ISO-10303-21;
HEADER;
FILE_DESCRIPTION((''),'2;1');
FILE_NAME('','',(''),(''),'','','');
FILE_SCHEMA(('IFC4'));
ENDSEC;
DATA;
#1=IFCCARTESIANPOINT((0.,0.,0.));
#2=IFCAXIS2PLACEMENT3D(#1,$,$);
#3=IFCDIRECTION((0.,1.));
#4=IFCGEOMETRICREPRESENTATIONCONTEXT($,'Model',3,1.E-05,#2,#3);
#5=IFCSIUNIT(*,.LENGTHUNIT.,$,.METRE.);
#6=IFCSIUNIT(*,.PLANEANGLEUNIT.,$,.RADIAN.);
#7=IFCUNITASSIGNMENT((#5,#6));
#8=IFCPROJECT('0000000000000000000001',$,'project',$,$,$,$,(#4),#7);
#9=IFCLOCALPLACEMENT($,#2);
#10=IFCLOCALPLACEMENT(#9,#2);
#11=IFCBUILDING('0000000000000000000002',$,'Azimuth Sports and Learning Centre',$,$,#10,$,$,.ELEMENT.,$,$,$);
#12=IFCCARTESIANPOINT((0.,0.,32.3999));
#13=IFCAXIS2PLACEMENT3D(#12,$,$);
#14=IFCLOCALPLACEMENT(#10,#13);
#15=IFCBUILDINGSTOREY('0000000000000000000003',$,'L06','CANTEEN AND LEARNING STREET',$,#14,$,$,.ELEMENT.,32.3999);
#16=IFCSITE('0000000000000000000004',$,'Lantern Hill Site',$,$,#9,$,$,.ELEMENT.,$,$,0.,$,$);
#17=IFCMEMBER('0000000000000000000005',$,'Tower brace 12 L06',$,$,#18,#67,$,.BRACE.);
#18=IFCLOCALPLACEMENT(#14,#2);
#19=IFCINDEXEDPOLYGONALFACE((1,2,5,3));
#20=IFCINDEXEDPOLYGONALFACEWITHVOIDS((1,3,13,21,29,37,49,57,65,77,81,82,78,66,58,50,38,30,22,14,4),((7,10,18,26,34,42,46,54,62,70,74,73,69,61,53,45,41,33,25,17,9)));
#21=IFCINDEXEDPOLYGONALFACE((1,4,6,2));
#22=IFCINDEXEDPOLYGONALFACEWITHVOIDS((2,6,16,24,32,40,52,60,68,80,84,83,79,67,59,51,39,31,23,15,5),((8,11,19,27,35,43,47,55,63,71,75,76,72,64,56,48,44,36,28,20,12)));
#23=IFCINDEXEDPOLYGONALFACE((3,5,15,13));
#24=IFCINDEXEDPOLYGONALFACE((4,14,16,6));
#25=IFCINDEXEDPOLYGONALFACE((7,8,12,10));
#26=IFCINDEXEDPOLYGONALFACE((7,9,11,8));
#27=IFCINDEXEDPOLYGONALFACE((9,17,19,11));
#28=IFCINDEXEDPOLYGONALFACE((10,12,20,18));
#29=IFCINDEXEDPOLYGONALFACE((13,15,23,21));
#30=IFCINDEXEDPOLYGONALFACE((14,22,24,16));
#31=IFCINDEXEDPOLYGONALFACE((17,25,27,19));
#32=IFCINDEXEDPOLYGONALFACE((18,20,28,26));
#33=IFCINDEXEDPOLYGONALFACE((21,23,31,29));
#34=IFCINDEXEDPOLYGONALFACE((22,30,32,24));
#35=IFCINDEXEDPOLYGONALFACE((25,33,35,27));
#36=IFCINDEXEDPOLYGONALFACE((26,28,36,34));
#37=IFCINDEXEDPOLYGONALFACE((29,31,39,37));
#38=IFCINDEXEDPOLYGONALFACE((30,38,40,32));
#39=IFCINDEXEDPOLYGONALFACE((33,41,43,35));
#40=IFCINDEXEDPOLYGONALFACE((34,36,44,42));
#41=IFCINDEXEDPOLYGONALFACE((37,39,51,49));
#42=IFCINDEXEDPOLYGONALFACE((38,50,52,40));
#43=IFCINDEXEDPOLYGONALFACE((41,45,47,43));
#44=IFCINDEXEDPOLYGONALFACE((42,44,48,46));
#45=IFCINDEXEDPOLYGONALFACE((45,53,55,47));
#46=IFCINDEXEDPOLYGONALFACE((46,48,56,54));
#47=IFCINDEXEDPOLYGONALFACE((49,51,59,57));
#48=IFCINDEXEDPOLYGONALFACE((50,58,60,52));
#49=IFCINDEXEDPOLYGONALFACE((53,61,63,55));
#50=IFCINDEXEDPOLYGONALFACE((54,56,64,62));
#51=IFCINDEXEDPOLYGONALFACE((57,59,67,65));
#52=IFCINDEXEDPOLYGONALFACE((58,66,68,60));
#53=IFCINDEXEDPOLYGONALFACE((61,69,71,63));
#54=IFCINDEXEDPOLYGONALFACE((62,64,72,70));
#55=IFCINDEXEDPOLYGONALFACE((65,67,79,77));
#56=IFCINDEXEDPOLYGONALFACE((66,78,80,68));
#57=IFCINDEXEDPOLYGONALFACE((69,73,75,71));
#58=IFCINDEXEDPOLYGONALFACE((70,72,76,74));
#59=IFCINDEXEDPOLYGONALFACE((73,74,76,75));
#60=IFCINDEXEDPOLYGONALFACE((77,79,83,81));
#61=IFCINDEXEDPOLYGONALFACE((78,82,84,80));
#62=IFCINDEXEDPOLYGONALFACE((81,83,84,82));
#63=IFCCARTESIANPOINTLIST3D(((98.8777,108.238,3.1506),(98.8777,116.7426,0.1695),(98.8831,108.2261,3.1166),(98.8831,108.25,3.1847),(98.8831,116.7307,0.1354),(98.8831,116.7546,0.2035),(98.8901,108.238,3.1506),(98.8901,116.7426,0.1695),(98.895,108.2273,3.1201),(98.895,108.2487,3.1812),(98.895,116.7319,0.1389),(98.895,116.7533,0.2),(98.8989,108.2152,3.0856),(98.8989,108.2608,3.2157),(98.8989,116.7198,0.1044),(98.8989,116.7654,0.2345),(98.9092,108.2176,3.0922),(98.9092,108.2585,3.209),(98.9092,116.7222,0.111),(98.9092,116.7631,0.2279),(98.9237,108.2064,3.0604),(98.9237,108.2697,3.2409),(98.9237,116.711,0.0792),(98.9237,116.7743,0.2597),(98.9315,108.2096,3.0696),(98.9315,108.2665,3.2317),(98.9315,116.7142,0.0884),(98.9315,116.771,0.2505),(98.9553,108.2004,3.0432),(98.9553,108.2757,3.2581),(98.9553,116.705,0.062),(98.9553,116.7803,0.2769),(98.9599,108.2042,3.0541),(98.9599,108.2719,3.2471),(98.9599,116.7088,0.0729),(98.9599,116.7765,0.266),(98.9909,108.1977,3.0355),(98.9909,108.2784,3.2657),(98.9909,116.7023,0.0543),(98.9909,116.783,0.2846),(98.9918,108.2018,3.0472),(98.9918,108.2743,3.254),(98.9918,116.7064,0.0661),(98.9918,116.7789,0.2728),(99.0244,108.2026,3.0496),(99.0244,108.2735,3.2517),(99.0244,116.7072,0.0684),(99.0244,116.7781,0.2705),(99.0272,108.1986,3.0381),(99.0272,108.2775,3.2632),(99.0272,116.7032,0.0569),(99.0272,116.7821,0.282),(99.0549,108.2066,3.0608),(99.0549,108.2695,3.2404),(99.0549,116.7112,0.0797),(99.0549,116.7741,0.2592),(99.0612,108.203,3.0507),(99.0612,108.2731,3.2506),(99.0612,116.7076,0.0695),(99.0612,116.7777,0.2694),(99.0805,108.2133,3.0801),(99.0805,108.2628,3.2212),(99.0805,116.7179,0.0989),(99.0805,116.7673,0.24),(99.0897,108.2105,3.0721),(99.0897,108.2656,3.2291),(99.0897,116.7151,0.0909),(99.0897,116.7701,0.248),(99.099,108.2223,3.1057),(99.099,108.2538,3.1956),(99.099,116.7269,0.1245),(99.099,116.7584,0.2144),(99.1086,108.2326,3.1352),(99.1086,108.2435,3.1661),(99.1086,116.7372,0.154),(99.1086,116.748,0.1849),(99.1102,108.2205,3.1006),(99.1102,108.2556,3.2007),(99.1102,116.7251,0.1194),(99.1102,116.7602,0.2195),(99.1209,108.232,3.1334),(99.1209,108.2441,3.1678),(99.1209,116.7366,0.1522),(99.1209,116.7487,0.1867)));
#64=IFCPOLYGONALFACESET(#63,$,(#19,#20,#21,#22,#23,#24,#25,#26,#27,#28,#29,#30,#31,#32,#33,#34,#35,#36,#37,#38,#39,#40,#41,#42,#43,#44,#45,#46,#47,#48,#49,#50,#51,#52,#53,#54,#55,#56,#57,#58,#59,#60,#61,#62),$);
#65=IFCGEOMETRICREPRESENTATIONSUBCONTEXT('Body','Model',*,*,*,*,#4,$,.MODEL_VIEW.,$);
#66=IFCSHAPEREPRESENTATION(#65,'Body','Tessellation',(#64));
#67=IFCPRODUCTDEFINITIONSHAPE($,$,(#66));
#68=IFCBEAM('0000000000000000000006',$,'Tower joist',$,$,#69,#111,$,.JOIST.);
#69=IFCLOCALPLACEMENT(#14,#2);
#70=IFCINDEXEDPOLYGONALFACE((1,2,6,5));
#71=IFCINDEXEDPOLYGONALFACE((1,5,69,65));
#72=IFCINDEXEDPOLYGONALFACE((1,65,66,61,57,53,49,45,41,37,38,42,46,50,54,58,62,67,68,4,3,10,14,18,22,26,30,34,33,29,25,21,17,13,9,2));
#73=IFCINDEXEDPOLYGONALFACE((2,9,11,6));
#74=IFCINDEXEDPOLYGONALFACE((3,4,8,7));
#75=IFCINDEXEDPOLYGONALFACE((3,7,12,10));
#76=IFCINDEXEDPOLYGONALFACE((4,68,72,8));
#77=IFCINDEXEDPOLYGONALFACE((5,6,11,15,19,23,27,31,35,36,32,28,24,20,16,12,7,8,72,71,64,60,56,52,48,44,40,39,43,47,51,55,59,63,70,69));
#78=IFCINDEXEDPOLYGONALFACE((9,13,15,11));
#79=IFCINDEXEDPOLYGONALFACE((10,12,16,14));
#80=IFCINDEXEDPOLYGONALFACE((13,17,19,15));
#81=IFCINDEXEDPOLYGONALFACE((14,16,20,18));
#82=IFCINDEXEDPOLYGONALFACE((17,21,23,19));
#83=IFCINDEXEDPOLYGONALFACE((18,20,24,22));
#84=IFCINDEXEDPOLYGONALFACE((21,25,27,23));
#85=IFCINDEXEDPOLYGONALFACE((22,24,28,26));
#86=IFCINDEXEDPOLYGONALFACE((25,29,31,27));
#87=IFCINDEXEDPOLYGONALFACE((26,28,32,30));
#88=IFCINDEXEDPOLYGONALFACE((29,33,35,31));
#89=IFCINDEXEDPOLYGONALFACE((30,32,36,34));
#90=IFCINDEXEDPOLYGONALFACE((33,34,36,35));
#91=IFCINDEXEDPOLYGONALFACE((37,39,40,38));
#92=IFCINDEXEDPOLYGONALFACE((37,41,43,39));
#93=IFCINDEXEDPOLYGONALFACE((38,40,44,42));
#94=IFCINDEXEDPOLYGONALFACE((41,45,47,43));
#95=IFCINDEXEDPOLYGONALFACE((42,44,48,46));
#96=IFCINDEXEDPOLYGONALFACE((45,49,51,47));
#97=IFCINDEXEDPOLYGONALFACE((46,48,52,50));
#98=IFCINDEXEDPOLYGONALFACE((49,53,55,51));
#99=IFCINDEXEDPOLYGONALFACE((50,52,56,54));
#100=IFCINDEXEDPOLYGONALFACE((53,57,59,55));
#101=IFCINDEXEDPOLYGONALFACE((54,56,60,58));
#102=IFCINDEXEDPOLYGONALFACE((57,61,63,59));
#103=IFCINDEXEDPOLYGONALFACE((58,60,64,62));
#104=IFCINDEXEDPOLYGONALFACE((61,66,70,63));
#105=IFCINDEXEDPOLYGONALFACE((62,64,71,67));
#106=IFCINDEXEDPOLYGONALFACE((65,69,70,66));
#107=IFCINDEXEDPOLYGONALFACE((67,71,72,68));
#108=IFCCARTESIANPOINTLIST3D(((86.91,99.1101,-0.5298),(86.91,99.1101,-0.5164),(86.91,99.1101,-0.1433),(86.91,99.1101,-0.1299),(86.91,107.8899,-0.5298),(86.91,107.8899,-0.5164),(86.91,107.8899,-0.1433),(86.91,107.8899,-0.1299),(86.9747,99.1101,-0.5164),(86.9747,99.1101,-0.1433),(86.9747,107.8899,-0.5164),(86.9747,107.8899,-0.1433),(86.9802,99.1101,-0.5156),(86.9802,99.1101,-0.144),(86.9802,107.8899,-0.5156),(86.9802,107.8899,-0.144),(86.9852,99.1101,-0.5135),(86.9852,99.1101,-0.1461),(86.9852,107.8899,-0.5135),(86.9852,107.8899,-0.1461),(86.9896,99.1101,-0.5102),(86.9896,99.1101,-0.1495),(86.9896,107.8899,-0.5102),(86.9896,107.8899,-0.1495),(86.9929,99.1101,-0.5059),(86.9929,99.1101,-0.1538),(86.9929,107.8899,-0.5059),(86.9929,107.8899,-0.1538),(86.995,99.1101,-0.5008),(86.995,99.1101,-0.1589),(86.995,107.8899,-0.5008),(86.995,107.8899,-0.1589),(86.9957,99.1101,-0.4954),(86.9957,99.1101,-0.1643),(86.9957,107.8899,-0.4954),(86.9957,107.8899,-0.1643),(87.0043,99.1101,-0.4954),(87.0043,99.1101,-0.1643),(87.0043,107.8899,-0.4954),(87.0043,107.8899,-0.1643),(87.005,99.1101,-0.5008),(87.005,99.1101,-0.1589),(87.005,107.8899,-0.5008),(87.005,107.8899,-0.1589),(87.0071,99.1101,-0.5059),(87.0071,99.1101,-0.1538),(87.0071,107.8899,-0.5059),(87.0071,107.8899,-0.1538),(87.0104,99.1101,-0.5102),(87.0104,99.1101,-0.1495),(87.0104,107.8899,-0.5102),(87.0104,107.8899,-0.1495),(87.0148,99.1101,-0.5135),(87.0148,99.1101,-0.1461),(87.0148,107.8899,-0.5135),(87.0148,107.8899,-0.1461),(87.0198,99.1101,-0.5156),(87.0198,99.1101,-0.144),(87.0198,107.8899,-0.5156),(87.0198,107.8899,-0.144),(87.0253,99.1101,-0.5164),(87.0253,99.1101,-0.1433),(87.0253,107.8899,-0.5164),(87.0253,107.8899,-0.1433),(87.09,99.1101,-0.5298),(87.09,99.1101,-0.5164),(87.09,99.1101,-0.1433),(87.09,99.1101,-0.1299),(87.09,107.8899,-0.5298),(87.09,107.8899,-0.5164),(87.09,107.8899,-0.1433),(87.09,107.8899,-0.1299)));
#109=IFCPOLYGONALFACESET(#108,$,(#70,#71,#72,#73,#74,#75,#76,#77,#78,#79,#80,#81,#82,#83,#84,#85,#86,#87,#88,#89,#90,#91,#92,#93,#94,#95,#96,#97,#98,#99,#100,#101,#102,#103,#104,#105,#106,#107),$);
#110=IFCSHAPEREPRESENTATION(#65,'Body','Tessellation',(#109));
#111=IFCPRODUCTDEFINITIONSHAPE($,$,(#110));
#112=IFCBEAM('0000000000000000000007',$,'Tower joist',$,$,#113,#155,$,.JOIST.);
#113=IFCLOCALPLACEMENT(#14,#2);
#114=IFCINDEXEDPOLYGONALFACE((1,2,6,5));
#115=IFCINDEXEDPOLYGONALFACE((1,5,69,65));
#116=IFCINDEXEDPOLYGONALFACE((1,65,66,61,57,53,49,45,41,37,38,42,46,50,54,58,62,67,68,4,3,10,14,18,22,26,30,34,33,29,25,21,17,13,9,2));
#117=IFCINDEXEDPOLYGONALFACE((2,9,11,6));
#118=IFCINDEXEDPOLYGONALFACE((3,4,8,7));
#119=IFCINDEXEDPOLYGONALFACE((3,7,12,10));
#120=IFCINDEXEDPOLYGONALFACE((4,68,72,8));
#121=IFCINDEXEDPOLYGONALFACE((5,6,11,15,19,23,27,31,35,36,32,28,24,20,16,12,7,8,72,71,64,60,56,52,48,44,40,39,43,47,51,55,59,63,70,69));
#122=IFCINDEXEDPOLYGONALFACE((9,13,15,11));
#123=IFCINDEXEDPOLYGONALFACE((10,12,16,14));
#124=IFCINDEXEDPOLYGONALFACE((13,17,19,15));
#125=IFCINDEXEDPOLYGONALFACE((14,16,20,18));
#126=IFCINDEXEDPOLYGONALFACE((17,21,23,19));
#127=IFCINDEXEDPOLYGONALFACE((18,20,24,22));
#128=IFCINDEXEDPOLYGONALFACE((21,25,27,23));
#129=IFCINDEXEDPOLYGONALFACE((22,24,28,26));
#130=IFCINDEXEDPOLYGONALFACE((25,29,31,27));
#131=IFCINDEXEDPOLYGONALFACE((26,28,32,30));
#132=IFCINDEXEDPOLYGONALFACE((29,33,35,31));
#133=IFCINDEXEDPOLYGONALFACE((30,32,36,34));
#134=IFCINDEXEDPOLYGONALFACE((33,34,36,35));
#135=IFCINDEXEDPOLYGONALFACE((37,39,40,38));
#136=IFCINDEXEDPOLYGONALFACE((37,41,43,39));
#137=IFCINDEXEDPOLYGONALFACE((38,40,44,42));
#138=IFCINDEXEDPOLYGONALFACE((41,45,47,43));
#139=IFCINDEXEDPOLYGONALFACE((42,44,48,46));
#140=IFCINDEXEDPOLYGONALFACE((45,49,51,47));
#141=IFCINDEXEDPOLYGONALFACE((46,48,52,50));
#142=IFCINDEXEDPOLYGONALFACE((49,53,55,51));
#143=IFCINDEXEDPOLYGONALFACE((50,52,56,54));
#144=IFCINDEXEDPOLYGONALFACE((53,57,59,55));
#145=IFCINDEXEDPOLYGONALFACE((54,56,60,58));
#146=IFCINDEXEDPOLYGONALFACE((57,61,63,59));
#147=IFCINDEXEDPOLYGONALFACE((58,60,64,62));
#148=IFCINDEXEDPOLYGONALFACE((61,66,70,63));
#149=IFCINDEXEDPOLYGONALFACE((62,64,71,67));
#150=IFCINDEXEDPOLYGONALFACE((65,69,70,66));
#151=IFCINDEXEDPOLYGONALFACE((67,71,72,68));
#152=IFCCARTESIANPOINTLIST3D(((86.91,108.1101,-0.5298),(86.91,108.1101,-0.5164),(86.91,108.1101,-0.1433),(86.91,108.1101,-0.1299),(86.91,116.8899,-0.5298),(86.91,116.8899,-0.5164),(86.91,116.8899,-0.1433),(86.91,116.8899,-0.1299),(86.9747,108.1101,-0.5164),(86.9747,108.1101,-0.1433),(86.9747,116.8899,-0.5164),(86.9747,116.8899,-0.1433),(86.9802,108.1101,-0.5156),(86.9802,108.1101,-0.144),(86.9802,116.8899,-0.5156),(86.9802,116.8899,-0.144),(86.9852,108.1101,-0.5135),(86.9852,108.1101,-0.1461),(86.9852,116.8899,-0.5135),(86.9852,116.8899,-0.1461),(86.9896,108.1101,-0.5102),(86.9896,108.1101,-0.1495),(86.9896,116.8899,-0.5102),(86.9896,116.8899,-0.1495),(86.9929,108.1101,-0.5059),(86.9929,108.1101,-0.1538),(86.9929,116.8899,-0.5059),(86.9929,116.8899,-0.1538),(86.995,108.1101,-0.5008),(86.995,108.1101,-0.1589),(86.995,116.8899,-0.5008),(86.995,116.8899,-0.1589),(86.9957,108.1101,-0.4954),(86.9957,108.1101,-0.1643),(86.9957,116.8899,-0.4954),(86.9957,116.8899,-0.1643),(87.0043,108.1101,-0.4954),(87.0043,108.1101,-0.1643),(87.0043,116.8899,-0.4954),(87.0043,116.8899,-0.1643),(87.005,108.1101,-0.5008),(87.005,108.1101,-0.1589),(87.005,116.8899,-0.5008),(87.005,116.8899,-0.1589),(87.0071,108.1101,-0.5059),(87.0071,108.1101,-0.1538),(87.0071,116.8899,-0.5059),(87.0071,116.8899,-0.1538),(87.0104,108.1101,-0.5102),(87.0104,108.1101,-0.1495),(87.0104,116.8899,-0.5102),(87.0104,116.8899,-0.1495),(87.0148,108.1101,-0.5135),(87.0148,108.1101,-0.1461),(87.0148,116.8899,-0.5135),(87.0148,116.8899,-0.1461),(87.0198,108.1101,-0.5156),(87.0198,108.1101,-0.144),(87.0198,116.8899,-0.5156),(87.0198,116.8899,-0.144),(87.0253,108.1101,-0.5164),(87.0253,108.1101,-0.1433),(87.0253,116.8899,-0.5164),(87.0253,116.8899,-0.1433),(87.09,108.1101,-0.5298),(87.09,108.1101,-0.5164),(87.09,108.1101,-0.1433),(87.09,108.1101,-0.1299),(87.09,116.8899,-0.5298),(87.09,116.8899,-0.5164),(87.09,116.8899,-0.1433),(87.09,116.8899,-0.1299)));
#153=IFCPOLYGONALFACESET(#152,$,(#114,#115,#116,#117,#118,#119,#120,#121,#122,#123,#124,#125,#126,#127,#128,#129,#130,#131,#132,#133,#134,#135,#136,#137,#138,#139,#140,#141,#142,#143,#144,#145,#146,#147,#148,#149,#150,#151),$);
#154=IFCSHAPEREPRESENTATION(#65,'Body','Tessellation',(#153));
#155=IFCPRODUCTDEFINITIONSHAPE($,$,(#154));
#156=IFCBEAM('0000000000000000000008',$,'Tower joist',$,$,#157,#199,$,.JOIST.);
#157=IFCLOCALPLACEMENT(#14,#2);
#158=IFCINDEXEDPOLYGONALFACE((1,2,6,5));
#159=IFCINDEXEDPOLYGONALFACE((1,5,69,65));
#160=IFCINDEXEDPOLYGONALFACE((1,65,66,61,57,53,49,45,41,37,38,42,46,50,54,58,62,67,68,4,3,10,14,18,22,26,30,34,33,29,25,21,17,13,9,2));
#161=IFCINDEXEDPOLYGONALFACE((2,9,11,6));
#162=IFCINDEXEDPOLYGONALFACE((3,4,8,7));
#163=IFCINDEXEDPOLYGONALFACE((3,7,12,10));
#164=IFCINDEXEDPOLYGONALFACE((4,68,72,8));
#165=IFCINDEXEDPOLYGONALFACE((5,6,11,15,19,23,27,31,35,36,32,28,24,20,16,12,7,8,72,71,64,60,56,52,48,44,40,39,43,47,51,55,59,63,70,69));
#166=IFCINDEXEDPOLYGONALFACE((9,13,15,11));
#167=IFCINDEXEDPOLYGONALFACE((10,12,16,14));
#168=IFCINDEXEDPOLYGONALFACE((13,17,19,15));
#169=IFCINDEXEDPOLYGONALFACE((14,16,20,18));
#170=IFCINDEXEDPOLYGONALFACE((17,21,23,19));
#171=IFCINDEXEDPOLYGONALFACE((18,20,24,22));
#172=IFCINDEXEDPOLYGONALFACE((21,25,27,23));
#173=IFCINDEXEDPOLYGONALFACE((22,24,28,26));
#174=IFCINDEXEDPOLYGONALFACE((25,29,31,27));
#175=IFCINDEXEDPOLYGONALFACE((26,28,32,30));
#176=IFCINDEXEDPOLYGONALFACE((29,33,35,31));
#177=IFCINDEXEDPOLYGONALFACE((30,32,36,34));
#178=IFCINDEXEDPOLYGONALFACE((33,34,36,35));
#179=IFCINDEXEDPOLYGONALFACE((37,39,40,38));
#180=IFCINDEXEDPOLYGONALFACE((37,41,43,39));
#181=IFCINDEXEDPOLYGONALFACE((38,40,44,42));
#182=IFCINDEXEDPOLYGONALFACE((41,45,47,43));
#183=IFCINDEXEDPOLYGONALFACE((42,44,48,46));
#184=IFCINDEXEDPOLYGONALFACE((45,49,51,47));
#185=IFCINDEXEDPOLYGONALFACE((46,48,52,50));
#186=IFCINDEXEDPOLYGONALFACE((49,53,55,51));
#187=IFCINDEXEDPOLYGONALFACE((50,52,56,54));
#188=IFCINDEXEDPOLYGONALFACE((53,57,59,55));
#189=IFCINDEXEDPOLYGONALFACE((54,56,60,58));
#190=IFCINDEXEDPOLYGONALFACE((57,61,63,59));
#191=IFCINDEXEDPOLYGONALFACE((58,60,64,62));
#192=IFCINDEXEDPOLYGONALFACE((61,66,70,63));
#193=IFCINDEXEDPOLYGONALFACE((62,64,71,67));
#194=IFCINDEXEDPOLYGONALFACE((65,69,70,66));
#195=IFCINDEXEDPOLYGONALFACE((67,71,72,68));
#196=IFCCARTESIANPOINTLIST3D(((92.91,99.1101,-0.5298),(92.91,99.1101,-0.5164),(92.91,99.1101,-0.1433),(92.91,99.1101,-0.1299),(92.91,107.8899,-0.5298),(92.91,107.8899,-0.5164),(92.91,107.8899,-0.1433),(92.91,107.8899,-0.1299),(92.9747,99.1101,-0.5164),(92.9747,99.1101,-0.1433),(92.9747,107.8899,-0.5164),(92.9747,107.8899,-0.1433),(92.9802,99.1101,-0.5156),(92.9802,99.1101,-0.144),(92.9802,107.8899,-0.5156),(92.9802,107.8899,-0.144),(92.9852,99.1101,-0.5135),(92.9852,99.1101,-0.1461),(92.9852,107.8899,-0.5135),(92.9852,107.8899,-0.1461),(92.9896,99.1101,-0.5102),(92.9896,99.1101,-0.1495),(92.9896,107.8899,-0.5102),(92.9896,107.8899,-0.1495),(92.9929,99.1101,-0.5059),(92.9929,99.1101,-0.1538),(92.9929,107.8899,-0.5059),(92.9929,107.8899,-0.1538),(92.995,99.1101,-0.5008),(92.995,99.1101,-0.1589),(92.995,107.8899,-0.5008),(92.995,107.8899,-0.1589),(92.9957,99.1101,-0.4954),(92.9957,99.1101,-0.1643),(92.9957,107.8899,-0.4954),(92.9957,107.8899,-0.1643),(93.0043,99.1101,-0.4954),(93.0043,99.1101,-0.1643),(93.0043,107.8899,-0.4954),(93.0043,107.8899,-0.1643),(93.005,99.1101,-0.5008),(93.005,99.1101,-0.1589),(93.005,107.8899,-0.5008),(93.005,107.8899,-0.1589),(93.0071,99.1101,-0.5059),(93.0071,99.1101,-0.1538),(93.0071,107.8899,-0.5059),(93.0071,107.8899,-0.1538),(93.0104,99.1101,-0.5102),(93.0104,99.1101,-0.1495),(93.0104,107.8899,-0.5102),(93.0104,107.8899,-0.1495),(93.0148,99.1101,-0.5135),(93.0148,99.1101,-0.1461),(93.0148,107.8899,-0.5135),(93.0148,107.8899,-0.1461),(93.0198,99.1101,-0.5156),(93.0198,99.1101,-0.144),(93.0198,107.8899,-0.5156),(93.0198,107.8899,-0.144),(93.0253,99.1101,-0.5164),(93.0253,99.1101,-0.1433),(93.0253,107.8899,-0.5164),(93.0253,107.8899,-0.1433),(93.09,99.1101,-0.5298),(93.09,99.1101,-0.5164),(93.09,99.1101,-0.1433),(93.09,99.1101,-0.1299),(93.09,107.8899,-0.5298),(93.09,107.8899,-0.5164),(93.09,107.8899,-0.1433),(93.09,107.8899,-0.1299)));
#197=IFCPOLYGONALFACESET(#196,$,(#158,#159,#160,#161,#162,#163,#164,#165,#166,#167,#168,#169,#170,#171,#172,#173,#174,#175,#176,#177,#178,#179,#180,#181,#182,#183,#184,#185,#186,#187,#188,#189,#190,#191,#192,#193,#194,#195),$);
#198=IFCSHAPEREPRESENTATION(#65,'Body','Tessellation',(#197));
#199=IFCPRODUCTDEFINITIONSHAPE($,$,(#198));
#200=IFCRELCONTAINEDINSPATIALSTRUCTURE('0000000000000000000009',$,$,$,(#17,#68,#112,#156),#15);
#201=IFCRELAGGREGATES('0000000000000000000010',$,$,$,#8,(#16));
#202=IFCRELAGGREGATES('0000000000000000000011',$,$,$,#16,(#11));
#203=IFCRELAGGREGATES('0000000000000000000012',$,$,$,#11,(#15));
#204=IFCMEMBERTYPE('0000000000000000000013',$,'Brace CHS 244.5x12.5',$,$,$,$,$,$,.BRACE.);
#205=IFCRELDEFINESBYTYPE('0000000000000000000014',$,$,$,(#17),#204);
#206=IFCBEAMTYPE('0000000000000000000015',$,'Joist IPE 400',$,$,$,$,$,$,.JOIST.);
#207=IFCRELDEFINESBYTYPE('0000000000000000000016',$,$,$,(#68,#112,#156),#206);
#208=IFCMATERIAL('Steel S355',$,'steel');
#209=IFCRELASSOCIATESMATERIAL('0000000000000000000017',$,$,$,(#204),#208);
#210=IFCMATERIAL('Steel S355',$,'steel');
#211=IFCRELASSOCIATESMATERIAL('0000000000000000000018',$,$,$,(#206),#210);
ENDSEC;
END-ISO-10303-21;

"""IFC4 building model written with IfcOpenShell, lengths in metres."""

from ifc_helpers import new_model, si_unit, direction, frame, origin, origin_2d, place, context, subcontext, project, spatial, hollow_circle, i_section, extrude, material, material_profile, profile_set, type_object, element, save


model = new_model("IFC4")

# Units and contexts
model_context = context("Model", 3, precision=1e-05, world=origin(), true_north=direction((0.0, 1.0)))
body_context = subcontext(model_context, "Body", "Model", "MODEL_VIEW")
ifc_project = project(units=[si_unit("LENGTHUNIT", "METRE"), si_unit("PLANEANGLEUNIT", "RADIAN")], contexts=[model_context])

# Site, building, storey
site_placement = place(None, origin())
site = spatial("IfcSite", under=ifc_project, at=site_placement, Name="Lantern Hill Site", CompositionType="ELEMENT", RefElevation=0.0)
building_placement = place(site_placement, origin())
building = spatial("IfcBuilding", under=site, at=building_placement, Name="Azimuth Sports and Learning Centre", CompositionType="ELEMENT")
storey_placement = place(building_placement, frame((0.0, 0.0, 32.3999)))
storey = spatial("IfcBuildingStorey", under=building, at=storey_placement, Name="L06", Description="CANTEEN AND LEARNING STREET", CompositionType="ELEMENT", Elevation=32.3999)

# Member
ifc_material_1 = material(Name="Steel S355", Category="steel")
ifc_material_profile_1 = material_profile(ifc_material_1, hollow_circle(Radius=0.1223, WallThickness=0.0125, at=origin_2d()), Name="CHS 244.5x12.5")
ifc_profile_set_1 = profile_set([ifc_material_profile_1], Name="Steel S355")
member_type = type_object("IfcMemberType", Name="Brace CHS 244.5x12.5", PredefinedType="BRACE", material=ifc_profile_set_1)
member_placement = place(storey_placement, frame((99.0, 108.238, 3.1506), z_axis=(0.0, 0.9437, -0.330803), x_axis=(-1.0, 0.0, 0.0)))
element("IfcMember", 1, at=member_placement, inside=storey, type_object=member_type, Name="Tower brace 12 L06", PredefinedType="BRACE", context=body_context, shape_type="SweptSolid", body=[
    extrude(hollow_circle(Radius=0.1223, WallThickness=0.0125, at=origin_2d()), origin(), (0.0, 0.0, 1.0), 9.012),
])

# Beams
ifc_material_2 = material(Name="Steel S355", Category="steel")
ifc_material_profile_2 = material_profile(ifc_material_2, i_section(OverallWidth=0.1799, OverallDepth=0.3999, WebThickness=0.0085, FlangeThickness=0.0134, FilletRadius=0.021, at=origin_2d()), Name="IPE 400")
ifc_profile_set_2 = profile_set([ifc_material_profile_2], Name="Steel S355")
beam_type_1 = type_object("IfcBeamType", Name="Joist IPE 400", PredefinedType="JOIST", material=ifc_profile_set_2)
for number, where, z_axis, x_axis, name in (
    (2, (87.0, 99.1101, -0.3298), (0.0, 1.0, 0.0), (-1.0, 0.0, 0.0), "Tower joist"),
    (3, (87.0, 108.1101, -0.3298), (0.0, 1.0, 0.0), (-1.0, 0.0, 0.0), "Tower joist"),
    (4, (93.0, 99.1101, -0.3298), (0.0, 1.0, 0.0), (-1.0, 0.0, 0.0), "Tower joist"),
):
    element("IfcBeam", number, at=place(storey_placement, frame(where, z_axis=z_axis, x_axis=x_axis)), inside=storey, type_object=beam_type_1, Name=name, PredefinedType="JOIST", context=body_context, shape_type="SweptSolid", body=[
        extrude(i_section(OverallWidth=0.1799, OverallDepth=0.3999, WebThickness=0.0085, FlangeThickness=0.0134, FilletRadius=0.021, at=origin_2d()), origin(), (0.0, 0.0, 1.0), 8.7798),
    ])

save(model, "model.ifc")
